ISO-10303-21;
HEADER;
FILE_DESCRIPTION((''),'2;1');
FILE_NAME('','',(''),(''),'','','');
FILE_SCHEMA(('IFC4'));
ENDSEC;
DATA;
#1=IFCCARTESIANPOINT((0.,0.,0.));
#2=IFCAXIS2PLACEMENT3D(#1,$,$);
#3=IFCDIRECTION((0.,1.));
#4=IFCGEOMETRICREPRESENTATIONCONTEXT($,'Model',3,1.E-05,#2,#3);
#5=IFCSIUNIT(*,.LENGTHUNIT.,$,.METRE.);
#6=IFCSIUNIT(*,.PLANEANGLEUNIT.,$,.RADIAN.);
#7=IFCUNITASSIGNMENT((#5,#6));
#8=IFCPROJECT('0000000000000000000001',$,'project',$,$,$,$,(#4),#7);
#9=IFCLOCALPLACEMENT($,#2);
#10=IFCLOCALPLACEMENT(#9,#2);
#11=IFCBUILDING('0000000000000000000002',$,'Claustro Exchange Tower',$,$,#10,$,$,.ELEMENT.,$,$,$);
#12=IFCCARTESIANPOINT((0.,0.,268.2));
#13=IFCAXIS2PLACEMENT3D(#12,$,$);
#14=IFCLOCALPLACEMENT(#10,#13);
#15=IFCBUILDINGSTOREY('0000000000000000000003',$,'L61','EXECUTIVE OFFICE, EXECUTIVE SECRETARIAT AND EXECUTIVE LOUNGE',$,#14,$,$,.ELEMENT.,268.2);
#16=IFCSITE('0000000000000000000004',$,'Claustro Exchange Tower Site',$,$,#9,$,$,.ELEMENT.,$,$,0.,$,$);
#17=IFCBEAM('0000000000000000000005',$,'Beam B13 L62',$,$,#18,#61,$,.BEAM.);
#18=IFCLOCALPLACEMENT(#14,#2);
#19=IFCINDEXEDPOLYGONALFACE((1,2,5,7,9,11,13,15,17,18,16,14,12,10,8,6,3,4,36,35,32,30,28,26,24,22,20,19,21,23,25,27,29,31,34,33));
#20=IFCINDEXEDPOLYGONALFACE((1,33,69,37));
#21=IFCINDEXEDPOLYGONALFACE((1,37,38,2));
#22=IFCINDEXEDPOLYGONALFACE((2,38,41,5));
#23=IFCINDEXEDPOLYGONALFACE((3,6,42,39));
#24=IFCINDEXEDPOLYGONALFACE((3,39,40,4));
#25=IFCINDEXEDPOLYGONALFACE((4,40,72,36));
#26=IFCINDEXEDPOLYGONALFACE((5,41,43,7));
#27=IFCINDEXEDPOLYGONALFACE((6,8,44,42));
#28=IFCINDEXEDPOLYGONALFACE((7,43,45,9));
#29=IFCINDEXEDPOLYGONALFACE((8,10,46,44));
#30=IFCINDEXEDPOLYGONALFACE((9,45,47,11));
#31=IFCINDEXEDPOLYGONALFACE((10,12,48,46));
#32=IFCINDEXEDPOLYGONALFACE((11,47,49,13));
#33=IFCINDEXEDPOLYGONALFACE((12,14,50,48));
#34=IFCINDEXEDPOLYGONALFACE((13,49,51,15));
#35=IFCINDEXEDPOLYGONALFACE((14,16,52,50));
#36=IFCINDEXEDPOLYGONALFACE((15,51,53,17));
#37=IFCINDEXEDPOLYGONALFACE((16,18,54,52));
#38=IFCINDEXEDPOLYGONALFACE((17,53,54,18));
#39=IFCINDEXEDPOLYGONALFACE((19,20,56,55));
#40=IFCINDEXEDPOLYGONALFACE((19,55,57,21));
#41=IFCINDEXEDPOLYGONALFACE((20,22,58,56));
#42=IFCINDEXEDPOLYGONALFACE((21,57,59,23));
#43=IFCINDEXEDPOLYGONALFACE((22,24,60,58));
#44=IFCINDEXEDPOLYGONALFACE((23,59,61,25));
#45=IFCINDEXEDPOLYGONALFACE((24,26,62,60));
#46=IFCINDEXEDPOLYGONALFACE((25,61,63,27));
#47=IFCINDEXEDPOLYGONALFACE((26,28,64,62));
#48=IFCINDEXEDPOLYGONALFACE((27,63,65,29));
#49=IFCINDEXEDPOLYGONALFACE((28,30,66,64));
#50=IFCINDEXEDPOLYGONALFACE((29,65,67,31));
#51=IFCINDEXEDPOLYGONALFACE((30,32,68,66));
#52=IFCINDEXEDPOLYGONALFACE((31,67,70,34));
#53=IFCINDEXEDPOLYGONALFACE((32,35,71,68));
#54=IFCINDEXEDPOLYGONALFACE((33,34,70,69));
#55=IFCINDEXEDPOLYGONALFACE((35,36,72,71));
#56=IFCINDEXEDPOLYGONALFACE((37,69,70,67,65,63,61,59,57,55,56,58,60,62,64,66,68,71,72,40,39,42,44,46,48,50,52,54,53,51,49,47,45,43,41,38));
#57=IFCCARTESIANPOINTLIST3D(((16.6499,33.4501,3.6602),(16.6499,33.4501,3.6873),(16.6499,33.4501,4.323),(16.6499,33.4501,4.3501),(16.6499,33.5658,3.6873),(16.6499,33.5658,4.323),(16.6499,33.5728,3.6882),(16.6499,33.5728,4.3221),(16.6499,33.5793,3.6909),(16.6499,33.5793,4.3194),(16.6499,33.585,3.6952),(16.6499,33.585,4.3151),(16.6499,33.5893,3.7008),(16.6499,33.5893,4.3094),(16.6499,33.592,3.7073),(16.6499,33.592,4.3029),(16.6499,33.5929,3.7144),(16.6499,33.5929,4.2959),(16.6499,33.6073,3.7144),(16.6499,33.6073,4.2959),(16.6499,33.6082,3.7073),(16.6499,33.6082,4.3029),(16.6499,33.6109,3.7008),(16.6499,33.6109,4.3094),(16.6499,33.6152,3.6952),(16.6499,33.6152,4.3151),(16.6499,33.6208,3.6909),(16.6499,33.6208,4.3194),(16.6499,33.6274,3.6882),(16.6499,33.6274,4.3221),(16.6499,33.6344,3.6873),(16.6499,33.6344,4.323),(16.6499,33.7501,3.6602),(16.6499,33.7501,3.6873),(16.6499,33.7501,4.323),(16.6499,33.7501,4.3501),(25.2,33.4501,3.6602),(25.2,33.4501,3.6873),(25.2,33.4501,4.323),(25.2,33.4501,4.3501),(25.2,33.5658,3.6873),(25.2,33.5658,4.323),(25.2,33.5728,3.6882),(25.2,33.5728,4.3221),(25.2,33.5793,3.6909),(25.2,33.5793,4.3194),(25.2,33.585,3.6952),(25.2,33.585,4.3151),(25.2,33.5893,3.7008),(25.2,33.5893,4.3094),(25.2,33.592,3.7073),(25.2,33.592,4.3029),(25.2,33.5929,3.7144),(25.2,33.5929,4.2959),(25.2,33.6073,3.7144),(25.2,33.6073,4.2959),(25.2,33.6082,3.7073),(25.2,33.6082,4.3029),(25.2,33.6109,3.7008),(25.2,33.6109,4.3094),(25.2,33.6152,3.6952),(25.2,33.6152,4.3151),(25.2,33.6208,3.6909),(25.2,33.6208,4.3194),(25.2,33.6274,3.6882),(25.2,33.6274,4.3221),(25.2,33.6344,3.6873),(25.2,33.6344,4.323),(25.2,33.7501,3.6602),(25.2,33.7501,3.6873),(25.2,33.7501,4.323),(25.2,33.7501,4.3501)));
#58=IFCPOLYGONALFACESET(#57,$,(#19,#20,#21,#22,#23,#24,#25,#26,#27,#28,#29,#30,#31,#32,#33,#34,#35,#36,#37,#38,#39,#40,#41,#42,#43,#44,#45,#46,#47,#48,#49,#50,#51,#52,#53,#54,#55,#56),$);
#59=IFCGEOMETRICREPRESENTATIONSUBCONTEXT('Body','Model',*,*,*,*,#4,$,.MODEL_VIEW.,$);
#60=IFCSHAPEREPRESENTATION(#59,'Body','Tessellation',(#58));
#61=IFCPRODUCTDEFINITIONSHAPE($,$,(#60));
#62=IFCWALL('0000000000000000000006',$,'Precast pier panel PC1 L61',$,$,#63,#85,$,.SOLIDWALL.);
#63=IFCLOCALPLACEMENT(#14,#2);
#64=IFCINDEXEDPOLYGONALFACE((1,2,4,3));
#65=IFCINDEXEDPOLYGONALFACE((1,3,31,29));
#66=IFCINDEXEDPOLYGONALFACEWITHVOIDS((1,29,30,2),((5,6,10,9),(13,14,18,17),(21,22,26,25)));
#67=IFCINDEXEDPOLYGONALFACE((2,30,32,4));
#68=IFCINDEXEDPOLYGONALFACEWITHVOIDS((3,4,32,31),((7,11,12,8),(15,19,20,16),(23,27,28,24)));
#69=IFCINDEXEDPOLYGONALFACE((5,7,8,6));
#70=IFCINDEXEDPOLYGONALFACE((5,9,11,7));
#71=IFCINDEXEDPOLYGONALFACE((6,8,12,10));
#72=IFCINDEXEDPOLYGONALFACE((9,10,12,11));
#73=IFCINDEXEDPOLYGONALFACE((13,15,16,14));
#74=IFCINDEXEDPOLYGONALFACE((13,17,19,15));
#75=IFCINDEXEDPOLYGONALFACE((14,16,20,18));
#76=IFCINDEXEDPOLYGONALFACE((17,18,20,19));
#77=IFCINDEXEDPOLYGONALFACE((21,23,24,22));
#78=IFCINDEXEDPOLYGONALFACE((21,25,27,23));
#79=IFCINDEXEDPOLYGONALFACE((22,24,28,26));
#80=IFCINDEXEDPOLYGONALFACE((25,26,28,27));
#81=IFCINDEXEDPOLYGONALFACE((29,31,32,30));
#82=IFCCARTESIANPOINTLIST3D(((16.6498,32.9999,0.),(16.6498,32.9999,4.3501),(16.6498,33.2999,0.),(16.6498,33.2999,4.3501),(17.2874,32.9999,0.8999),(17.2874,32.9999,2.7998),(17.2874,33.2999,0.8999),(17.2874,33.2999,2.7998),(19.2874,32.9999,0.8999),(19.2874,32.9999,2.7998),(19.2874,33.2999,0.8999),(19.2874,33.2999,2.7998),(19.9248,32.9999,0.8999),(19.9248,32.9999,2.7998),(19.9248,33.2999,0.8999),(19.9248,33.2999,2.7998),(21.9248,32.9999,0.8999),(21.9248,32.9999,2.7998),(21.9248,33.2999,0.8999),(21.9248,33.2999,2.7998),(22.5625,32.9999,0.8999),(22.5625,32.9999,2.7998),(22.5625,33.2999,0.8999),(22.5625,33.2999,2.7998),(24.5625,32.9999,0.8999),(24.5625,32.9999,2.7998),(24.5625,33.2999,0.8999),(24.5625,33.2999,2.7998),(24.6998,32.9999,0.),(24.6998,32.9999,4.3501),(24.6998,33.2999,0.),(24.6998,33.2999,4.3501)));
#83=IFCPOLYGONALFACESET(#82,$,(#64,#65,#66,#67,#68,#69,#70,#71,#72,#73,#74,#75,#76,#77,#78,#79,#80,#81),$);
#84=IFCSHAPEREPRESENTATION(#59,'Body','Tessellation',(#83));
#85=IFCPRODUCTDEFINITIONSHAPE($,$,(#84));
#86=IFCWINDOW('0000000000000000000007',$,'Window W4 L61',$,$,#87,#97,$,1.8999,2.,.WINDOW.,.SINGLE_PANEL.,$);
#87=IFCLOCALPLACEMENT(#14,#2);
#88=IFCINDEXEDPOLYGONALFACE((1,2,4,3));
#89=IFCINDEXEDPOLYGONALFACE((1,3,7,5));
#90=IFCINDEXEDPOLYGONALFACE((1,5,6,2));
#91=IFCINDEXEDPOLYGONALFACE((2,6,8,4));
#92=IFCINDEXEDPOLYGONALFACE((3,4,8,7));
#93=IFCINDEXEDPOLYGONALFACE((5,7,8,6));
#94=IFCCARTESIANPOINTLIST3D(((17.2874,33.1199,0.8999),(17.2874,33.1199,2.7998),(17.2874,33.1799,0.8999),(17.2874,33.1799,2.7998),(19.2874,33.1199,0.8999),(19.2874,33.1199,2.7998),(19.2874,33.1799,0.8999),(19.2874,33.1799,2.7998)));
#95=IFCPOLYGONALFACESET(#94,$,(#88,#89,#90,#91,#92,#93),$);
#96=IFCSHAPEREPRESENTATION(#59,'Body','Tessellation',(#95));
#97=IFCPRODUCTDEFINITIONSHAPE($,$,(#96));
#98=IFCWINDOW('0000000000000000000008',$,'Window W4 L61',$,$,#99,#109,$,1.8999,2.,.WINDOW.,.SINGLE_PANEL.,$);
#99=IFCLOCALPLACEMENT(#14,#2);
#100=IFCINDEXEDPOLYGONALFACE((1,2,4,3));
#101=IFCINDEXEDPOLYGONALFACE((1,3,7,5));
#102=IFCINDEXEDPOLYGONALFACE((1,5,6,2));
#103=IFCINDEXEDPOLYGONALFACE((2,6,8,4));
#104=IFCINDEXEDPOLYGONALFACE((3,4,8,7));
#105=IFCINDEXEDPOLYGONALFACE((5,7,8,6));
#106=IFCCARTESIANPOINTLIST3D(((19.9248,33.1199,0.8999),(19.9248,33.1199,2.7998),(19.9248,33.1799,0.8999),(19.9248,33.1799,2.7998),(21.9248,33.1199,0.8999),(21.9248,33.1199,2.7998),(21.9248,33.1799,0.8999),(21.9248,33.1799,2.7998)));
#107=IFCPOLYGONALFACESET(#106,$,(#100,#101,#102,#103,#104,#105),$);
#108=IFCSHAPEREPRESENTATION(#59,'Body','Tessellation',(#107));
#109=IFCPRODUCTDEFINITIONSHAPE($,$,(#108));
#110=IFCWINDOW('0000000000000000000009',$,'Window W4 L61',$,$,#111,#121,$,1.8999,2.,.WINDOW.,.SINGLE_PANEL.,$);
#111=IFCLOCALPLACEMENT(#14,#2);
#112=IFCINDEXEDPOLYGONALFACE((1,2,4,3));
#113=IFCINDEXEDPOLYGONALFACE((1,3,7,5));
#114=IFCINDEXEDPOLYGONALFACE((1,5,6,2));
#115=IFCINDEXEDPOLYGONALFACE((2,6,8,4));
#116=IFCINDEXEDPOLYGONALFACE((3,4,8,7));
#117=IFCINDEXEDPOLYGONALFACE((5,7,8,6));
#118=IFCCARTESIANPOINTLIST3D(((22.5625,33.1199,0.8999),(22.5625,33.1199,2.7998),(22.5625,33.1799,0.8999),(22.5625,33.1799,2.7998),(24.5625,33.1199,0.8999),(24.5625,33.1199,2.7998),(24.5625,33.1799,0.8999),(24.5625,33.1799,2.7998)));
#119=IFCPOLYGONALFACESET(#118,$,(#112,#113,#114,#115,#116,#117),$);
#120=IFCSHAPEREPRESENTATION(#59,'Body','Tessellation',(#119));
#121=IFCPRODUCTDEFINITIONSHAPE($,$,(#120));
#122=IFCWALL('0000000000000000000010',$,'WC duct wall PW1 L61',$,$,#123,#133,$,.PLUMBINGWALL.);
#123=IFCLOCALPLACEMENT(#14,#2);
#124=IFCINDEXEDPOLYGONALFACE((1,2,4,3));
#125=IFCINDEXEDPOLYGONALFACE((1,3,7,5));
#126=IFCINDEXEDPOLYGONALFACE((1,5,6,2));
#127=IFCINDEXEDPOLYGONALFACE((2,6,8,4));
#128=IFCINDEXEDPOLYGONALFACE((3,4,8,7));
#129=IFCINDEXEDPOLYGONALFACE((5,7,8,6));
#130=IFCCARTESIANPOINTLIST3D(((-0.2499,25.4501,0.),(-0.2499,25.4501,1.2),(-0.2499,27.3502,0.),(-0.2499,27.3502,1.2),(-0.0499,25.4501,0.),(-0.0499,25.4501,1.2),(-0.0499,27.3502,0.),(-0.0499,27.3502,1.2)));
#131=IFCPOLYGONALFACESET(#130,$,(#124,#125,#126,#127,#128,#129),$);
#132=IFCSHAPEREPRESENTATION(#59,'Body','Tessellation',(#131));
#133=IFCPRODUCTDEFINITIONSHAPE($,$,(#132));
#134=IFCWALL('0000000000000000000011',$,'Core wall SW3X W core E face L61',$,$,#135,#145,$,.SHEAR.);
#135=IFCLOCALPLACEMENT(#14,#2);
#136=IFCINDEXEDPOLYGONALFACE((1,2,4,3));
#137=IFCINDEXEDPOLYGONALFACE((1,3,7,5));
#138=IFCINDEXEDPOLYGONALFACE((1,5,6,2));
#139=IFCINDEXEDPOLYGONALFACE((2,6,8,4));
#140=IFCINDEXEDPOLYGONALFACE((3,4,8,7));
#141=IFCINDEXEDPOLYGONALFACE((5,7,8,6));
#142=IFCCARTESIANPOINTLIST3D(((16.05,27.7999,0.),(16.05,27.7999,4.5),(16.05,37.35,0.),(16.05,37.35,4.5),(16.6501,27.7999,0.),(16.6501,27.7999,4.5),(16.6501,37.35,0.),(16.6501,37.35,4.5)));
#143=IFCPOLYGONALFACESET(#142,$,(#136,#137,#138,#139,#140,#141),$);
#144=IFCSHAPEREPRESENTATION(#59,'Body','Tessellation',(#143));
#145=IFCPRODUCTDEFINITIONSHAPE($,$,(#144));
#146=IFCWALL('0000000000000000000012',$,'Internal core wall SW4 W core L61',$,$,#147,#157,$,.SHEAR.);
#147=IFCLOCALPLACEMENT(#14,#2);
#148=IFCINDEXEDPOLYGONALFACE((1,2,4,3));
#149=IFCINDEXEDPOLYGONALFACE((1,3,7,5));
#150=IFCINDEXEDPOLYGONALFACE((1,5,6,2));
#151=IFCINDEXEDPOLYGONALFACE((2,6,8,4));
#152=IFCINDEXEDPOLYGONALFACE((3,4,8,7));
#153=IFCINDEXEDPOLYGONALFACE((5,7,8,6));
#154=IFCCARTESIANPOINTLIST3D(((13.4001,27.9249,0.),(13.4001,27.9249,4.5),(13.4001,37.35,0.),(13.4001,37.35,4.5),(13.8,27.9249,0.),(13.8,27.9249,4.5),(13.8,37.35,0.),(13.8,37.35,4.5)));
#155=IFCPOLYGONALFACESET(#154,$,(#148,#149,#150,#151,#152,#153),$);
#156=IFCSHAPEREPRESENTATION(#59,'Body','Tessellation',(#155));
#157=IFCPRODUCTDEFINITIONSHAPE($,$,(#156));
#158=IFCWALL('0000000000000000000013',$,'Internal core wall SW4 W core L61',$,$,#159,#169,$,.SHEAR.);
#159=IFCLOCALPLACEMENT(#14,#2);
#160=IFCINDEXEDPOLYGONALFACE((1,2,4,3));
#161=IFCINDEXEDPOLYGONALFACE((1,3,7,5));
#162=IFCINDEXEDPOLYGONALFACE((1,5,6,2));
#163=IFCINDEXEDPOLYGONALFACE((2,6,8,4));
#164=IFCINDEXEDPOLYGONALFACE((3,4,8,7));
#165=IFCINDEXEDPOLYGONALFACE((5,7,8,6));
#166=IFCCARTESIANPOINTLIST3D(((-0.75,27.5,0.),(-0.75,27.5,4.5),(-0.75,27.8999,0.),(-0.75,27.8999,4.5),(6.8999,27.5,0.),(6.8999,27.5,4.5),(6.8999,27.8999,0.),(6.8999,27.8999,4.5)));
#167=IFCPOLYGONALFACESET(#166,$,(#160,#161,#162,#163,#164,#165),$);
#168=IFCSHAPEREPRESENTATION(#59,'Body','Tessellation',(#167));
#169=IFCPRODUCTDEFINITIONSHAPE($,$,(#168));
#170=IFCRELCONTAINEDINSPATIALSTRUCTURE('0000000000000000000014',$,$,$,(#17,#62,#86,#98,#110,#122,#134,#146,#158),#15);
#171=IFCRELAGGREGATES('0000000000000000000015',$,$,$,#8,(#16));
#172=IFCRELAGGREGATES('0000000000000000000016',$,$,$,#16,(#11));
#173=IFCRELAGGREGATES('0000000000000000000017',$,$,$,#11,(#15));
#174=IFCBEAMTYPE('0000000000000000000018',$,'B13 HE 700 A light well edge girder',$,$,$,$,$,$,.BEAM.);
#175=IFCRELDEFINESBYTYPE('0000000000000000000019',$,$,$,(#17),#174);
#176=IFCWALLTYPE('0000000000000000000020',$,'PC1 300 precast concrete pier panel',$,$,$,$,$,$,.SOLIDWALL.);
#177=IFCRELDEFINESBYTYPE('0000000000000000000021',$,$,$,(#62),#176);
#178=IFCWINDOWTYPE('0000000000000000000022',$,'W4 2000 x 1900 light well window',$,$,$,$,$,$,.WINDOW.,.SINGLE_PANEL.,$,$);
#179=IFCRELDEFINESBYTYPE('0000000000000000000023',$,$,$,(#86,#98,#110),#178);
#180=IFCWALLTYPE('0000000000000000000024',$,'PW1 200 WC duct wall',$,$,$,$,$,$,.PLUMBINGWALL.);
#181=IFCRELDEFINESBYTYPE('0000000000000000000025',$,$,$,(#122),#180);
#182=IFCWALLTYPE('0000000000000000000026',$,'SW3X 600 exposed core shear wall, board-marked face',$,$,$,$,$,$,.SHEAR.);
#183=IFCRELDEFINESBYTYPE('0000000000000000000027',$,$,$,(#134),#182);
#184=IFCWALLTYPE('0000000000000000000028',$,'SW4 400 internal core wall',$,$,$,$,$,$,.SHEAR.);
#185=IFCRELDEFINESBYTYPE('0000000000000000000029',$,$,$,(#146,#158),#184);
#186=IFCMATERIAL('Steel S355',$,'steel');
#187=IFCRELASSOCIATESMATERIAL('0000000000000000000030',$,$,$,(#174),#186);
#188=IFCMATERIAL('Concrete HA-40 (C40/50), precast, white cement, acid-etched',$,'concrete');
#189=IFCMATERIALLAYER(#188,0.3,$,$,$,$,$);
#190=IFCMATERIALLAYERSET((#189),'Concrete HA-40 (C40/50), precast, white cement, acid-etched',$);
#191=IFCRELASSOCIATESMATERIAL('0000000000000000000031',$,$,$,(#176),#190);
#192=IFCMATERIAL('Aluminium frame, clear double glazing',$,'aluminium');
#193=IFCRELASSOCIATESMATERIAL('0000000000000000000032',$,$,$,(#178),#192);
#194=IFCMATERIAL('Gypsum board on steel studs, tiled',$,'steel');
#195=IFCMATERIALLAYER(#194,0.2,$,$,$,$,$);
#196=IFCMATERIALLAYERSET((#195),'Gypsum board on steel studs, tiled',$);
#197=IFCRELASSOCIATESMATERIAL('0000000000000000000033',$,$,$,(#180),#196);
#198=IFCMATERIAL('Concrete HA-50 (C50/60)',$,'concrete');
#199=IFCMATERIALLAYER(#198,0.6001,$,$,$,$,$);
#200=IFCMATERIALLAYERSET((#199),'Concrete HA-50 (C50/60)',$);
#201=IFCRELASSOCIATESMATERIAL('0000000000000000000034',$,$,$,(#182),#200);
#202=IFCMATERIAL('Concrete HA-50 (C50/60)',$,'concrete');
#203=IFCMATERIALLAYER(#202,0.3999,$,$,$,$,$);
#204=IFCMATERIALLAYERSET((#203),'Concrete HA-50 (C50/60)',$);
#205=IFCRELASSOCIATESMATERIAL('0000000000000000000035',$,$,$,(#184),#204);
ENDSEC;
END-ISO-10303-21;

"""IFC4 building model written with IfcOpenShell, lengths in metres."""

from ifc_helpers import new_model, si_unit, direction, frame, frame_2d, origin, origin_2d, place, context, subcontext, project, spatial, rectangle, i_section, extrude, material, layer, layer_set, material_profile, profile_set, type_object, element, fill, save


model = new_model("IFC4")

# Units and contexts
model_context = context("Model", 3, precision=1e-05, world=origin(), true_north=direction((0.0, 1.0)))
body_context = subcontext(model_context, "Body", "Model", "MODEL_VIEW")
ifc_project = project(units=[si_unit("LENGTHUNIT", "METRE"), si_unit("PLANEANGLEUNIT", "RADIAN")], contexts=[model_context])

# Site, building, storey
site_placement = place(None, origin())
site = spatial("IfcSite", under=ifc_project, at=site_placement, Name="Claustro Exchange Tower Site", CompositionType="ELEMENT", RefElevation=0.0)
building_placement = place(site_placement, origin())
building = spatial("IfcBuilding", under=site, at=building_placement, Name="Claustro Exchange Tower", CompositionType="ELEMENT")
storey_placement = place(building_placement, frame((0.0, 0.0, 268.2)))
storey = spatial("IfcBuildingStorey", under=building, at=storey_placement, Name="L61", Description="EXECUTIVE OFFICE, EXECUTIVE SECRETARIAT AND EXECUTIVE LOUNGE", CompositionType="ELEMENT", Elevation=268.2)

# Beam
ifc_material_1 = material(Name="Steel S355", Category="steel")
ifc_material_profile = material_profile(ifc_material_1, i_section(OverallWidth=0.3, OverallDepth=0.6899, WebThickness=0.0144, FlangeThickness=0.0271, FilletRadius=0.0271, at=origin_2d()), Name="HE 700 A")
ifc_profile_set = profile_set([ifc_material_profile], Name="Steel S355")
beam_type = type_object("IfcBeamType", Name="B13 HE 700 A light well edge girder", PredefinedType="BEAM", material=ifc_profile_set)
beam_placement = place(storey_placement, frame((16.6499, 33.6001, 4.0051), z_axis=(1.0, 0.0, 0.0), x_axis=(0.0, 1.0, 0.0)))
element("IfcBeam", 1, at=beam_placement, inside=storey, type_object=beam_type, Name="Beam B13 L62", PredefinedType="BEAM", context=body_context, shape_type="SweptSolid", body=[
    extrude(i_section(OverallWidth=0.3, OverallDepth=0.6899, WebThickness=0.0144, FlangeThickness=0.0271, FilletRadius=0.0271, at=origin_2d()), origin(), (0.0, 0.0, 1.0), 8.55),
])

# Wall, openings, windows
ifc_material_2 = material(Name="Concrete HA-40 (C40/50), precast, white cement, acid-etched", Category="concrete")
ifc_layer_1 = layer(ifc_material_2, 0.3)
ifc_layer_set_1 = layer_set([ifc_layer_1], Name="Concrete HA-40 (C40/50), precast, white cement, acid-etched")
wall_type_1 = type_object("IfcWallType", Name="PC1 300 precast concrete pier panel", PredefinedType="SOLIDWALL", material=ifc_layer_set_1)
wall_1_placement = place(storey_placement, frame((16.6499, 33.1499, 0.0), z_axis=(0.0, 0.0, 1.0), x_axis=(1.0, 0.0, 0.0)))
wall_1 = element("IfcWall", 2, at=wall_1_placement, inside=storey, type_object=wall_type_1, Name="Precast pier panel PC1 L61", PredefinedType="SOLIDWALL", context=body_context, shape_type="SweptSolid", body=[
    extrude(rectangle(XDim=8.05, YDim=0.3, at=frame_2d((4.0249, 0.0))), origin(), (0.0, 0.0, 1.0), 4.3501),
])
opening_1_placement = place(wall_1_placement, frame((0.6375, 0.0, 0.8999)))
opening_1 = element("IfcOpeningElement", 3, at=opening_1_placement, cuts=wall_1, PredefinedType="OPENING", context=body_context, shape_type="SweptSolid", body=[
    extrude(rectangle(XDim=2.0, YDim=1.8999, at=frame_2d((1.0, 0.95))), frame((0.0, 0.1599, 0.0), z_axis=(0.0, -1.0, 0.0), x_axis=(1.0, 0.0, 0.0)), (0.0, 0.0, 1.0), 0.3201),
])
opening_2_placement = place(wall_1_placement, frame((3.2749, 0.0, 0.8999)))
opening_2 = element("IfcOpeningElement", 4, at=opening_2_placement, cuts=wall_1, PredefinedType="OPENING", context=body_context, shape_type="SweptSolid", body=[
    extrude(rectangle(XDim=2.0, YDim=1.8999, at=frame_2d((1.0, 0.95))), frame((0.0, 0.1599, 0.0), z_axis=(0.0, -1.0, 0.0), x_axis=(1.0, 0.0, 0.0)), (0.0, 0.0, 1.0), 0.3201),
])
opening_3_placement = place(wall_1_placement, frame((5.9126, 0.0, 0.8999)))
opening_3 = element("IfcOpeningElement", 5, at=opening_3_placement, cuts=wall_1, PredefinedType="OPENING", context=body_context, shape_type="SweptSolid", body=[
    extrude(rectangle(XDim=2.0, YDim=1.8999, at=frame_2d((1.0, 0.95))), frame((0.0, 0.1599, 0.0), z_axis=(0.0, -1.0, 0.0), x_axis=(1.0, 0.0, 0.0)), (0.0, 0.0, 1.0), 0.3201),
])
ifc_material_3 = material(Name="Aluminium frame, clear double glazing", Category="aluminium")
window_type = type_object("IfcWindowType", Name="W4 2000 x 1900 light well window", PartitioningType="SINGLE_PANEL", PredefinedType="WINDOW", material=ifc_material_3)
window_1_placement = place(opening_1_placement, origin())
window_1 = element("IfcWindow", 6, at=window_1_placement, inside=storey, type_object=window_type, Name="Window W4 L61", OverallHeight=1.8999, OverallWidth=2.0, PartitioningType="SINGLE_PANEL", PredefinedType="WINDOW", context=body_context, shape_type="SweptSolid", body=[
    extrude(rectangle(XDim=2.0, YDim=1.8999, at=frame_2d((1.0, 0.95))), frame((0.0, 0.03, 0.0), z_axis=(0.0, -1.0, 0.0), x_axis=(1.0, 0.0, 0.0)), (0.0, 0.0, 1.0), 0.0601),
])
fill(opening_1, window_1)
window_2_placement = place(opening_2_placement, origin())
window_2 = element("IfcWindow", 7, at=window_2_placement, inside=storey, type_object=window_type, Name="Window W4 L61", OverallHeight=1.8999, OverallWidth=2.0, PartitioningType="SINGLE_PANEL", PredefinedType="WINDOW", context=body_context, shape_type="SweptSolid", body=[
    extrude(rectangle(XDim=2.0, YDim=1.8999, at=frame_2d((1.0, 0.95))), frame((0.0, 0.03, 0.0), z_axis=(0.0, -1.0, 0.0), x_axis=(1.0, 0.0, 0.0)), (0.0, 0.0, 1.0), 0.0601),
])
fill(opening_2, window_2)
window_3_placement = place(opening_3_placement, origin())
window_3 = element("IfcWindow", 8, at=window_3_placement, inside=storey, type_object=window_type, Name="Window W4 L61", OverallHeight=1.8999, OverallWidth=2.0, PartitioningType="SINGLE_PANEL", PredefinedType="WINDOW", context=body_context, shape_type="SweptSolid", body=[
    extrude(rectangle(XDim=2.0, YDim=1.8999, at=frame_2d((1.0, 0.95))), frame((0.0, 0.03, 0.0), z_axis=(0.0, -1.0, 0.0), x_axis=(1.0, 0.0, 0.0)), (0.0, 0.0, 1.0), 0.0601),
])
fill(opening_3, window_3)

# Walls
ifc_material_4 = material(Name="Gypsum board on steel studs, tiled", Category="steel")
ifc_layer_2 = layer(ifc_material_4, 0.2)
ifc_layer_set_2 = layer_set([ifc_layer_2], Name="Gypsum board on steel studs, tiled")
wall_type_2 = type_object("IfcWallType", Name="PW1 200 WC duct wall", PredefinedType="PLUMBINGWALL", material=ifc_layer_set_2)
wall_2_placement = place(storey_placement, frame((-0.1499, 25.45, 0.0), z_axis=(0.0, 0.0, 1.0), x_axis=(0.0, 1.0, 0.0)))
element("IfcWall", 9, at=wall_2_placement, inside=storey, type_object=wall_type_2, Name="WC duct wall PW1 L61", PredefinedType="PLUMBINGWALL", context=body_context, shape_type="SweptSolid", body=[
    extrude(rectangle(XDim=1.9001, YDim=0.2, at=frame_2d((0.9502, 0.0))), origin(), (0.0, 0.0, 1.0), 1.2),
])
ifc_material_5 = material(Name="Concrete HA-50 (C50/60)", Category="concrete")
ifc_layer_3 = layer(ifc_material_5, 0.6001)
ifc_layer_set_3 = layer_set([ifc_layer_3], Name="Concrete HA-50 (C50/60)")
wall_type_3 = type_object("IfcWallType", Name="SW3X 600 exposed core shear wall, board-marked face", PredefinedType="SHEAR", material=ifc_layer_set_3)
wall_3_placement = place(storey_placement, frame((16.3501, 27.8, 0.0), z_axis=(0.0, 0.0, 1.0), x_axis=(0.0, 1.0, 0.0)))
element("IfcWall", 10, at=wall_3_placement, inside=storey, type_object=wall_type_3, Name="Core wall SW3X W core E face L61", PredefinedType="SHEAR", context=body_context, shape_type="SweptSolid", body=[
    extrude(rectangle(XDim=9.55, YDim=0.6001, at=frame_2d((4.7749, 0.0))), origin(), (0.0, 0.0, 1.0), 4.5),
])
ifc_material_6 = material(Name="Concrete HA-50 (C50/60)", Category="concrete")
ifc_layer_4 = layer(ifc_material_6, 0.3999)
ifc_layer_set_4 = layer_set([ifc_layer_4], Name="Concrete HA-50 (C50/60)")
wall_type_4 = type_object("IfcWallType", Name="SW4 400 internal core wall", PredefinedType="SHEAR", material=ifc_layer_set_4)
wall_4_placement = place(storey_placement, frame((13.6001, 27.925, 0.0), z_axis=(0.0, 0.0, 1.0), x_axis=(0.0, 1.0, 0.0)))
element("IfcWall", 11, at=wall_4_placement, inside=storey, type_object=wall_type_4, Name="Internal core wall SW4 W core L61", PredefinedType="SHEAR", context=body_context, shape_type="SweptSolid", body=[
    extrude(rectangle(XDim=9.425, YDim=0.3999, at=frame_2d((4.7124, 0.0))), origin(), (0.0, 0.0, 1.0), 4.5),
])
for number, where, z_axis, x_axis, name in (
    (12, (-0.75, 27.7, 0.0), (0.0, 0.0, 1.0), (1.0, 0.0, 0.0), "Internal core wall SW4 W core L61"),
):
    element("IfcWall", number, at=place(storey_placement, frame(where, z_axis=z_axis, x_axis=x_axis)), inside=storey, type_object=wall_type_4, Name=name, PredefinedType="SHEAR", context=body_context, shape_type="SweptSolid", body=[
        extrude(rectangle(XDim=7.6499, YDim=0.3999, at=frame_2d((3.825, 0.0))), origin(), (0.0, 0.0, 1.0), 4.5),
    ])

save(model, "model.ifc")
